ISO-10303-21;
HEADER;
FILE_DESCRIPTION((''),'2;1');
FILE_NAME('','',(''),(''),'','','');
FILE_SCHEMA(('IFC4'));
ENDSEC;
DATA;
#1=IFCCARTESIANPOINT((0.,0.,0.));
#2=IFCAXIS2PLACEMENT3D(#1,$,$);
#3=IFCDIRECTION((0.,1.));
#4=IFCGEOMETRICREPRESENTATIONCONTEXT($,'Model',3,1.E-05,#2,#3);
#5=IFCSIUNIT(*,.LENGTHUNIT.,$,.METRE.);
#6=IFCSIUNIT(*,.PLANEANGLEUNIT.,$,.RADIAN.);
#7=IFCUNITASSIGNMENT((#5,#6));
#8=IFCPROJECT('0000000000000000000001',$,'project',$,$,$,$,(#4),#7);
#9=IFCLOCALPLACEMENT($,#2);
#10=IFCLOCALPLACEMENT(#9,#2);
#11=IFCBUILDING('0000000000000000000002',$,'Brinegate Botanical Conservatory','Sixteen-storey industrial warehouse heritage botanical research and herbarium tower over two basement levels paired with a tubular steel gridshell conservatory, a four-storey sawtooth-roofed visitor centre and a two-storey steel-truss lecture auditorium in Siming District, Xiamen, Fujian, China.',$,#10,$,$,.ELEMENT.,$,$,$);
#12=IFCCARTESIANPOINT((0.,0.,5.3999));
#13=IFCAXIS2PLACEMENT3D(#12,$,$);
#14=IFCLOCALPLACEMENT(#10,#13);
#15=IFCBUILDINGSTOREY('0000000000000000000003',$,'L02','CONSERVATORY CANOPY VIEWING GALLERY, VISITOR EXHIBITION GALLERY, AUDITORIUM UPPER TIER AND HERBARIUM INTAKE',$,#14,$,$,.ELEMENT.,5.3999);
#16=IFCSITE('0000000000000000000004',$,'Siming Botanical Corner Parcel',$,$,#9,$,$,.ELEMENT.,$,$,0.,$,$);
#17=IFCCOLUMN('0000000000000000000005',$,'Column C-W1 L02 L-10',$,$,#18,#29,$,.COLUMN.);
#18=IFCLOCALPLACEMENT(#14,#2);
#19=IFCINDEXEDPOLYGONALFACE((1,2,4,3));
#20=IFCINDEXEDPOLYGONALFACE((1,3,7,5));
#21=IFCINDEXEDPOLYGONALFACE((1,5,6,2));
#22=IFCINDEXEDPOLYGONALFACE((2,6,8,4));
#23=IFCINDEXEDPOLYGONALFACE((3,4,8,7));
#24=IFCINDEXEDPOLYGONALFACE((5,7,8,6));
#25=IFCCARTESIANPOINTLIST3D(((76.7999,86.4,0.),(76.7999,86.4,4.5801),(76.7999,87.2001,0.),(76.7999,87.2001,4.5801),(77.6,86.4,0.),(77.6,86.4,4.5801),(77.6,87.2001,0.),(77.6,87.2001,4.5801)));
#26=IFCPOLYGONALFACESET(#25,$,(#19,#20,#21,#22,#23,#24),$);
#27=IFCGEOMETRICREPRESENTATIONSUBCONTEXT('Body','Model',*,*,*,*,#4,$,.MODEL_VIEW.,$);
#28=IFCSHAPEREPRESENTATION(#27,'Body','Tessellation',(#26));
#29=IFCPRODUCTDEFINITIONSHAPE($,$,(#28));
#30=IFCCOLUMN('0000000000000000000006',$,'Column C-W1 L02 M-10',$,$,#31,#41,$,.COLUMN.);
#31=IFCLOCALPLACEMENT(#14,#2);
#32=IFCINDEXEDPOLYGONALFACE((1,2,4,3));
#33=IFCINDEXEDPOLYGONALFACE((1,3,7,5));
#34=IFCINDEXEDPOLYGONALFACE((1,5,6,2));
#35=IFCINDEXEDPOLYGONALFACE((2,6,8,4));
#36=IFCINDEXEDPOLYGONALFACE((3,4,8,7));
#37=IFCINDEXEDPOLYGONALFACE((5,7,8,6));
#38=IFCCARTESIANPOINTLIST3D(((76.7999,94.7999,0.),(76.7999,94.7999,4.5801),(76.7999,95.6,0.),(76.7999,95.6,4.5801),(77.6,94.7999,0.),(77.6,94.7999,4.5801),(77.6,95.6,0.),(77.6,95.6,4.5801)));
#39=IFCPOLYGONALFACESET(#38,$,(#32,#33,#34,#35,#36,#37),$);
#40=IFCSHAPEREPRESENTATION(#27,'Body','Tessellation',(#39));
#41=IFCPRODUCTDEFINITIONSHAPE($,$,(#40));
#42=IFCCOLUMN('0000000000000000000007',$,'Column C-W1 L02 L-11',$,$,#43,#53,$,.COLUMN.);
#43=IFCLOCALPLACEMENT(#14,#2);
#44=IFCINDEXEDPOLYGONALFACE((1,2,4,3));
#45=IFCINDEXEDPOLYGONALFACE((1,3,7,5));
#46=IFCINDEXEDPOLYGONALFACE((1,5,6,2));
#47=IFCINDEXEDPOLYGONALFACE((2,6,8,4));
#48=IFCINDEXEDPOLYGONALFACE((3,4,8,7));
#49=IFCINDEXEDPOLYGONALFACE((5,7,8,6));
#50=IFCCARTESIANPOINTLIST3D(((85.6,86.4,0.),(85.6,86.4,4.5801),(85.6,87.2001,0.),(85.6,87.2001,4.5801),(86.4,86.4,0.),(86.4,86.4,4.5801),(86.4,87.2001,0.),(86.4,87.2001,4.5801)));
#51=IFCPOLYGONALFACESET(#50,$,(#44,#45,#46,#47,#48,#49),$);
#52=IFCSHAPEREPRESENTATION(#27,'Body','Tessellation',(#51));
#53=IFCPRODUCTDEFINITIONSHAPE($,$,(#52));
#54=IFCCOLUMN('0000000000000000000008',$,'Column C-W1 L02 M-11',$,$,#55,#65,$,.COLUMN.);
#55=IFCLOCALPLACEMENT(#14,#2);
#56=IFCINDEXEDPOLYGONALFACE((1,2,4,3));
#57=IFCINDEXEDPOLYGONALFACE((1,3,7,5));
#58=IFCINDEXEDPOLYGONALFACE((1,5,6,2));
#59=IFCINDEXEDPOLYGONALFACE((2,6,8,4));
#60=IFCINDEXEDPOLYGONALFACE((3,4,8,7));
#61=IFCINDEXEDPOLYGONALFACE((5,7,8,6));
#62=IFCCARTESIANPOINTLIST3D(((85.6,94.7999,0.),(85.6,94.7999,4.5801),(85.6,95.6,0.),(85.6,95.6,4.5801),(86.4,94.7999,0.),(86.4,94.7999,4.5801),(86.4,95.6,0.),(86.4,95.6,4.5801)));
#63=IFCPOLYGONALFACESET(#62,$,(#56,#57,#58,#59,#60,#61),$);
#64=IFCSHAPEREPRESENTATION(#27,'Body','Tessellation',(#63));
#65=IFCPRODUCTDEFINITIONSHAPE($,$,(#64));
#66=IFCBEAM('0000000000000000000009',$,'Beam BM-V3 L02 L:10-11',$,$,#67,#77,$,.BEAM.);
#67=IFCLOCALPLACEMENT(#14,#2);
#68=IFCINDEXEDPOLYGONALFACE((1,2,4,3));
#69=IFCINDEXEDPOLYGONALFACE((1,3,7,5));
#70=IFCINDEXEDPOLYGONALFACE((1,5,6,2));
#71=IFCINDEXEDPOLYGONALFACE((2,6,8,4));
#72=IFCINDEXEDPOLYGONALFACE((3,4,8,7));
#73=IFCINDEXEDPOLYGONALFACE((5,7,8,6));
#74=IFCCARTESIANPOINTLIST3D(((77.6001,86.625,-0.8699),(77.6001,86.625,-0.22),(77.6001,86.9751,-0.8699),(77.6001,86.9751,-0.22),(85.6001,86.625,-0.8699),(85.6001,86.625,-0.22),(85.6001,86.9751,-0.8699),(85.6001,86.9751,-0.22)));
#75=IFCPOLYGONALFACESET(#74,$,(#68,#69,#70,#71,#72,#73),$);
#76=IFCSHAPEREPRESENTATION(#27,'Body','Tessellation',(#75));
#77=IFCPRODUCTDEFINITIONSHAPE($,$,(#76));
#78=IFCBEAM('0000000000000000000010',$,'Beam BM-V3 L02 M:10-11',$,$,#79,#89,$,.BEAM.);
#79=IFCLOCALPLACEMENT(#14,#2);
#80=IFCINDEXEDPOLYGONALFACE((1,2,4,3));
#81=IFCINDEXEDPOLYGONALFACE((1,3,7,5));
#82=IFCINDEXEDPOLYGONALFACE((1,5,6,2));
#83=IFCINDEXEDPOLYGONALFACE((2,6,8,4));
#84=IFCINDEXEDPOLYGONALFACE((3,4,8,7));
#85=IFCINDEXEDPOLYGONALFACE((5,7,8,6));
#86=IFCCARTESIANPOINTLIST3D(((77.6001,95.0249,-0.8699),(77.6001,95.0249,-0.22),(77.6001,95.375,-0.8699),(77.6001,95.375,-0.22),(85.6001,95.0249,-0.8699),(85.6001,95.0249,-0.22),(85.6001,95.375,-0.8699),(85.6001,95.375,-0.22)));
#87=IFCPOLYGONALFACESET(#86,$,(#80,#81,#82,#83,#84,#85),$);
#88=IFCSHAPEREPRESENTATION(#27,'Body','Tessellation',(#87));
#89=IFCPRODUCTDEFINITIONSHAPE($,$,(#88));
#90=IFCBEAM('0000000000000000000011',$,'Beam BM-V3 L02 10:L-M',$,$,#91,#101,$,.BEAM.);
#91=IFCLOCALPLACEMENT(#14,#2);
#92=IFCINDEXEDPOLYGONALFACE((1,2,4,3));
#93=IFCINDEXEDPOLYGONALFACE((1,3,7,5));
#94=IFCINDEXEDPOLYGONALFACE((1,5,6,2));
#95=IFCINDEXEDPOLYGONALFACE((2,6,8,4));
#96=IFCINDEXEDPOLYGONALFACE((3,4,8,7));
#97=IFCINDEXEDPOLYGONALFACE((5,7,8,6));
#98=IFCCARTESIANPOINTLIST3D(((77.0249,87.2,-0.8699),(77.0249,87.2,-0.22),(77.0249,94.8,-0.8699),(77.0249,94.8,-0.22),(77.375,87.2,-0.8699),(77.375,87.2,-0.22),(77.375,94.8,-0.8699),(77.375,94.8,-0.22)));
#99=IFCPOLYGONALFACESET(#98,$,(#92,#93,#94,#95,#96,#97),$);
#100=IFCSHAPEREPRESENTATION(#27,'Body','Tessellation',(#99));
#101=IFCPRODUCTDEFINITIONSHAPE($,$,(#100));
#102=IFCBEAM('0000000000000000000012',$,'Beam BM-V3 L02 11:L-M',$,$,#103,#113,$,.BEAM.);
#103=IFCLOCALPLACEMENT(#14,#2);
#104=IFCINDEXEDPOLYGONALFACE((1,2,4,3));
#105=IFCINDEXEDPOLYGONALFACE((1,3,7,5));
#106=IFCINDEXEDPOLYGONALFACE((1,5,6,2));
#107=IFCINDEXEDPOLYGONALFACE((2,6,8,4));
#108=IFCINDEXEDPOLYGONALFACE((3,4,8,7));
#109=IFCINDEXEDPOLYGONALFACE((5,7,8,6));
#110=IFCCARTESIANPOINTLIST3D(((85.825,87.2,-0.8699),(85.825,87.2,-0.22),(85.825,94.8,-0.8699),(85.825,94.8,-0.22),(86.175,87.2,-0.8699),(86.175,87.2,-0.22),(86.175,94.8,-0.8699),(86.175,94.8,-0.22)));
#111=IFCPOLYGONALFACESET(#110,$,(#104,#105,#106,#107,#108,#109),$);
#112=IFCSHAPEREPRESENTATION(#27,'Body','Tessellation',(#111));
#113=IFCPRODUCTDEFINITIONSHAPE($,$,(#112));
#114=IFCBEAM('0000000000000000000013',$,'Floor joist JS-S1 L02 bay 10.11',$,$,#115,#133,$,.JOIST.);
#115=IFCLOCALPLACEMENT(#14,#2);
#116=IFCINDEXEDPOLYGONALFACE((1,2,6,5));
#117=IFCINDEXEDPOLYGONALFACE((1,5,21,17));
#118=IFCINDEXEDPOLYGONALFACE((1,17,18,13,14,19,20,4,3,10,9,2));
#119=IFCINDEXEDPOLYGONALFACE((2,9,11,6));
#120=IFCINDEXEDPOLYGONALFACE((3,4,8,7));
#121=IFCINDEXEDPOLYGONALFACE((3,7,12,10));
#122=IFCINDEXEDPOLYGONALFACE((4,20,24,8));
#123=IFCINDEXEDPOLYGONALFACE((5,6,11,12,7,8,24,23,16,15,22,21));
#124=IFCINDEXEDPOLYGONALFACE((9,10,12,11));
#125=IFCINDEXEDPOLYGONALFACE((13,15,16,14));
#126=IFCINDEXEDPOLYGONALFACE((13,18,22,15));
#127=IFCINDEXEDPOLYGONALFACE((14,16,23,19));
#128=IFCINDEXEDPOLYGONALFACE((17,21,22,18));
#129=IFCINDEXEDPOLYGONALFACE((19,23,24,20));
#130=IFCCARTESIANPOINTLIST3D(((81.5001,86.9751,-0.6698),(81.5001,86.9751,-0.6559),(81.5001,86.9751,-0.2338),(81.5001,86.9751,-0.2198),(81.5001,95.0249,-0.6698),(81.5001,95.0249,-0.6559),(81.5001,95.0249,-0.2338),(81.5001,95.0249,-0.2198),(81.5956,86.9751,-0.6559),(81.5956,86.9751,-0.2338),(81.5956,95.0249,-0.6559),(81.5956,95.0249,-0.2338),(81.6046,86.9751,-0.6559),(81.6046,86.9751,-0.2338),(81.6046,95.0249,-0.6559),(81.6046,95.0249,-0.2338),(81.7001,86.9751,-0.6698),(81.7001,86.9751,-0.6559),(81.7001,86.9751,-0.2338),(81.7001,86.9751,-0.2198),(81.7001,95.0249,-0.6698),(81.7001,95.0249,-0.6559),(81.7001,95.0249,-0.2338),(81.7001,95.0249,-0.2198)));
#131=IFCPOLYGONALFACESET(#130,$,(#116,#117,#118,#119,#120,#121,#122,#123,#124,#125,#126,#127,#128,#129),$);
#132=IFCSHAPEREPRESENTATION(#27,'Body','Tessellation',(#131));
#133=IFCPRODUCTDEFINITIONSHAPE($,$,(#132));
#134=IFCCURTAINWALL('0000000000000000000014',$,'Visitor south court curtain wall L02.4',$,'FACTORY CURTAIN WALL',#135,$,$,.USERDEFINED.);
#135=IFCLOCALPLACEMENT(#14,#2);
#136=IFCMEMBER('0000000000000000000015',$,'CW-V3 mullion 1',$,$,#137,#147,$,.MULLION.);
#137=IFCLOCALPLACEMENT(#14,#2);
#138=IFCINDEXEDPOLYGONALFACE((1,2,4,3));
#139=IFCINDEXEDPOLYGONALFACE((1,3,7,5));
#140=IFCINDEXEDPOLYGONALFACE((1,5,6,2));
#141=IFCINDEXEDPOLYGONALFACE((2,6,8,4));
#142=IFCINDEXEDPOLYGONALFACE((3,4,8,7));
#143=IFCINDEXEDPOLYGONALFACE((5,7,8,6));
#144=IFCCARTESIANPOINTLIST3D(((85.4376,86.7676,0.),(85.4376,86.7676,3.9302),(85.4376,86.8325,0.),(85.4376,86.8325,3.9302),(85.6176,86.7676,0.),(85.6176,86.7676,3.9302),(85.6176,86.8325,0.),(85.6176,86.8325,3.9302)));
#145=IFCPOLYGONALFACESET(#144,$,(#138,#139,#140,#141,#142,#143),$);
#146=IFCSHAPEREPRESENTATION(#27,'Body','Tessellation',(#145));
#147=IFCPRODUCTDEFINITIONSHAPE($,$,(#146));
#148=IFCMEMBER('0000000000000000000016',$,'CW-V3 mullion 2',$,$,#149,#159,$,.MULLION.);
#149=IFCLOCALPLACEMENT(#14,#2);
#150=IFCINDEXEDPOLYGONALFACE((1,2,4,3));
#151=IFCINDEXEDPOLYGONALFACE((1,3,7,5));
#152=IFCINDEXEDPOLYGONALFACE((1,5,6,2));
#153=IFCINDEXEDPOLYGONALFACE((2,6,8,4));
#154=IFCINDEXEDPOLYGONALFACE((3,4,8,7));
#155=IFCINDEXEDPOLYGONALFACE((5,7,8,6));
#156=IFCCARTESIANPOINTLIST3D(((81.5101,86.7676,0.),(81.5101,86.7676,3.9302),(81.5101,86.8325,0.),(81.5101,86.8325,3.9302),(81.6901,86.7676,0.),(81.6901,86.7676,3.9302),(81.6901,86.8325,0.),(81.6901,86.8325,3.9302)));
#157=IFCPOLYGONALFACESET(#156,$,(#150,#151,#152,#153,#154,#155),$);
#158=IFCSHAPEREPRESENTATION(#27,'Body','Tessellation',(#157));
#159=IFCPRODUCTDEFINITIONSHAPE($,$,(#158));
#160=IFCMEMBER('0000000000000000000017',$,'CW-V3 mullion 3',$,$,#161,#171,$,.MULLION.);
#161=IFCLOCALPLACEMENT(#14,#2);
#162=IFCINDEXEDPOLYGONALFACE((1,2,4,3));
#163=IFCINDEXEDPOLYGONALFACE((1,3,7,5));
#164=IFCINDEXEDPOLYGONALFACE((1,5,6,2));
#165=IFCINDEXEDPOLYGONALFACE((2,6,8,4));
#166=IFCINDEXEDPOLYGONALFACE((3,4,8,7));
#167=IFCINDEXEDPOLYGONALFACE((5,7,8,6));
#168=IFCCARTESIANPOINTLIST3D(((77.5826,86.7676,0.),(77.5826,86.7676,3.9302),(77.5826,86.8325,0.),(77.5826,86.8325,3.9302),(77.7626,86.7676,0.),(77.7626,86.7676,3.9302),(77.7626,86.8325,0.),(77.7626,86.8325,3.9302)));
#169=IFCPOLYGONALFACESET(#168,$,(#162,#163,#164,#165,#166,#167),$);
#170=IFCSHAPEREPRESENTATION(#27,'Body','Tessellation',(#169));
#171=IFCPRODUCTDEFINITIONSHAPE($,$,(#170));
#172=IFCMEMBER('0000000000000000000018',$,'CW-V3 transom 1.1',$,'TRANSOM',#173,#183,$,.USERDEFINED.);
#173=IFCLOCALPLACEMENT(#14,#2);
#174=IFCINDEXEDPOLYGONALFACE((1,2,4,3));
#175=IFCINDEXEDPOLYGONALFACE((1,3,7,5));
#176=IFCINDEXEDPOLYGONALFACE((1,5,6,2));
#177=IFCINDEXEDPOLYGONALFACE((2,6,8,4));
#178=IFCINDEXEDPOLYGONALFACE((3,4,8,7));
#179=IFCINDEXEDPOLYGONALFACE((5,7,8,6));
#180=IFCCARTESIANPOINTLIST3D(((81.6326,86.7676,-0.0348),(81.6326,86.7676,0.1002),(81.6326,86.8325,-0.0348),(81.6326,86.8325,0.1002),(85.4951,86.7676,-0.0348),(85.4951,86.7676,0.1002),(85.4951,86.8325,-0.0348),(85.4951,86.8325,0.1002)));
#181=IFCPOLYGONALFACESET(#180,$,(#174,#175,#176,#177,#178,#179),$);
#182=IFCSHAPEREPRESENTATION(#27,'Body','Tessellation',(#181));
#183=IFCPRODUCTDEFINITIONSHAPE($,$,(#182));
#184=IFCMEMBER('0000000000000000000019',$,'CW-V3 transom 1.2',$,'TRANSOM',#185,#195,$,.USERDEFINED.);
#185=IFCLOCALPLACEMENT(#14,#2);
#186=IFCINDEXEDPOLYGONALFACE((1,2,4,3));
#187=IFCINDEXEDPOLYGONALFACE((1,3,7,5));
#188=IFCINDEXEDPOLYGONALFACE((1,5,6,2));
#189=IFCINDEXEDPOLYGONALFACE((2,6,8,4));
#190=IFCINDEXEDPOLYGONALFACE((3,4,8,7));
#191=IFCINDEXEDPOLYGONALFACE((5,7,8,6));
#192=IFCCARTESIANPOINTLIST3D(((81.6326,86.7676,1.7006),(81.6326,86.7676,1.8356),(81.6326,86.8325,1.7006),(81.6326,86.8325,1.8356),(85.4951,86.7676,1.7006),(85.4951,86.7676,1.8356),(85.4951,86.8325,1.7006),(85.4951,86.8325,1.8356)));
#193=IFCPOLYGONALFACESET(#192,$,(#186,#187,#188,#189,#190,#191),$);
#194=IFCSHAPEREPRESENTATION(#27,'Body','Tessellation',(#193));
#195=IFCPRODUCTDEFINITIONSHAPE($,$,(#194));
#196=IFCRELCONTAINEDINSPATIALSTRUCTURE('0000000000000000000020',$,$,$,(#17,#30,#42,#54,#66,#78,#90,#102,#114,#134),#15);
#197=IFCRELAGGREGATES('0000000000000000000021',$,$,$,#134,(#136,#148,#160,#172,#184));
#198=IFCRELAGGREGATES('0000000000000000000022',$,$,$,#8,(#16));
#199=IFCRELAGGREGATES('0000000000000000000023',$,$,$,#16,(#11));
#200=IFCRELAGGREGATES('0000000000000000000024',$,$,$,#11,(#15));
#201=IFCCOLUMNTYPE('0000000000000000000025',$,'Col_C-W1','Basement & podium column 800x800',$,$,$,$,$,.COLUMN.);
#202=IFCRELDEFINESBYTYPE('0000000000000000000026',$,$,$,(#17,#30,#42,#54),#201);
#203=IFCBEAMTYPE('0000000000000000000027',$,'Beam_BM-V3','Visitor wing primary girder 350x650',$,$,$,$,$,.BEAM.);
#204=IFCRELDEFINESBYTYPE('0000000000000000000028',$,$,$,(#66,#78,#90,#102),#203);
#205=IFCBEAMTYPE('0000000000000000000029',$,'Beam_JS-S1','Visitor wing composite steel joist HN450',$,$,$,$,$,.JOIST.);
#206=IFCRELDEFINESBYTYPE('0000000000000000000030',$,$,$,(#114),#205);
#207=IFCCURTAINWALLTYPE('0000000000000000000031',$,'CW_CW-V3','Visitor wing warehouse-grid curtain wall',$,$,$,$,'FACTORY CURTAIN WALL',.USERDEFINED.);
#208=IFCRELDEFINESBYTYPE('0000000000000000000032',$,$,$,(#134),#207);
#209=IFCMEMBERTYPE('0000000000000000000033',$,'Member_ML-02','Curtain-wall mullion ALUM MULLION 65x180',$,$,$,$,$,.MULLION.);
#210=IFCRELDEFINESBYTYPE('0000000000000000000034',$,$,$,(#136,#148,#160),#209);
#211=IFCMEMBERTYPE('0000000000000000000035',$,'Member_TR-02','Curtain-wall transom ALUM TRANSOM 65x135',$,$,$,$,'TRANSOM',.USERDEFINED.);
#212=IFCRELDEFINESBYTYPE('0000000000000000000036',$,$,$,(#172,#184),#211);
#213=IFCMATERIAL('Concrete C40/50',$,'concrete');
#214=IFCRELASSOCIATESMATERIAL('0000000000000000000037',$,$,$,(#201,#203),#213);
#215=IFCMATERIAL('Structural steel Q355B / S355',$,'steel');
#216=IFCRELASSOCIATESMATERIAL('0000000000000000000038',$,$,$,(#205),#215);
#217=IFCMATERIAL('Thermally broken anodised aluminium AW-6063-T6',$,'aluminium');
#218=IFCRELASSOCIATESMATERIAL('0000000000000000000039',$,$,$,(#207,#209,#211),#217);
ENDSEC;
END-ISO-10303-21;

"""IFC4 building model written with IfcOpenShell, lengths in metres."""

from ifc_helpers import new_model, si_unit, direction, frame, origin, origin_2d, place, context, subcontext, project, spatial, rectangle, i_section, extrude, material, material_profile, profile_set, type_object, element, aggregate, save


model = new_model("IFC4")

# Units and contexts
model_context = context("Model", 3, precision=1e-05, world=origin(), true_north=direction((0.0, 1.0)))
body_context = subcontext(model_context, "Body", "Model", "MODEL_VIEW")
ifc_project = project(units=[si_unit("LENGTHUNIT", "METRE"), si_unit("PLANEANGLEUNIT", "RADIAN")], contexts=[model_context])

# Site, building, storey
site_placement = place(None, origin())
site = spatial("IfcSite", under=ifc_project, at=site_placement, Name="Siming Botanical Corner Parcel", CompositionType="ELEMENT", RefElevation=0.0)
building_placement = place(site_placement, origin())
building = spatial("IfcBuilding", under=site, at=building_placement, Name="Brinegate Botanical Conservatory", Description="Sixteen-storey industrial warehouse heritage botanical research and herbarium tower over two basement levels paired with a tubular steel gridshell conservatory, a four-storey sawtooth-roofed visitor centre and a two-storey steel-truss lecture auditorium in Siming District, Xiamen, Fujian, China.", CompositionType="ELEMENT")
storey_placement = place(building_placement, frame((0.0, 0.0, 5.3999)))
storey = spatial("IfcBuildingStorey", under=building, at=storey_placement, Name="L02", Description="CONSERVATORY CANOPY VIEWING GALLERY, VISITOR EXHIBITION GALLERY, AUDITORIUM UPPER TIER AND HERBARIUM INTAKE", CompositionType="ELEMENT", Elevation=5.3999)

# Columns
ifc_material_1 = material(Name="Concrete C40/50", Category="concrete")
ifc_material_profile_1 = material_profile(ifc_material_1, rectangle(XDim=0.8, YDim=0.8, at=origin_2d()), Name="RC COL 800x800")
ifc_profile_set_1 = profile_set([ifc_material_profile_1], Name="Concrete C40/50")
column_type = type_object("IfcColumnType", Name="Col_C-W1", Description="Basement & podium column 800x800", PredefinedType="COLUMN", material=ifc_profile_set_1)
for number, where, z_axis, x_axis, name in (
    (1, (77.2, 86.8, 0.0), (0.0, 0.0, 1.0), (1.0, 0.0, 0.0), "Column C-W1 L02 L-10"),
    (2, (77.2, 95.2, 0.0), (0.0, 0.0, 1.0), (1.0, 0.0, 0.0), "Column C-W1 L02 M-10"),
    (3, (86.0, 86.8, 0.0), (0.0, 0.0, 1.0), (1.0, 0.0, 0.0), "Column C-W1 L02 L-11"),
    (4, (86.0, 95.2, 0.0), (0.0, 0.0, 1.0), (1.0, 0.0, 0.0), "Column C-W1 L02 M-11"),
):
    element("IfcColumn", number, at=place(storey_placement, frame(where, z_axis=z_axis, x_axis=x_axis)), inside=storey, type_object=column_type, Name=name, PredefinedType="COLUMN", context=body_context, shape_type="SweptSolid", body=[
        extrude(rectangle(XDim=0.8, YDim=0.8, at=origin_2d()), origin(), (0.0, 0.0, 1.0), 4.5801),
    ])

# Beams
ifc_material_profile_2 = material_profile(ifc_material_1, rectangle(XDim=0.3501, YDim=0.6499, at=origin_2d()), Name="RC BM 350x650")
ifc_profile_set_2 = profile_set([ifc_material_profile_2], Name="Concrete C40/50")
beam_type_1 = type_object("IfcBeamType", Name="Beam_BM-V3", Description="Visitor wing primary girder 350x650", PredefinedType="BEAM", material=ifc_profile_set_2)
for number, where, z_axis, x_axis, name in (
    (5, (77.6001, 86.8, -0.5449), (1.0, 0.0, 0.0), (0.0, 1.0, 0.0), "Beam BM-V3 L02 L:10-11"),
    (6, (77.6001, 95.2, -0.5449), (1.0, 0.0, 0.0), (0.0, 1.0, 0.0), "Beam BM-V3 L02 M:10-11"),
):
    element("IfcBeam", number, at=place(storey_placement, frame(where, z_axis=z_axis, x_axis=x_axis)), inside=storey, type_object=beam_type_1, Name=name, PredefinedType="BEAM", context=body_context, shape_type="SweptSolid", body=[
        extrude(rectangle(XDim=0.3501, YDim=0.6499, at=origin_2d()), origin(), (0.0, 0.0, 1.0), 8.0),
    ])
for number, where, z_axis, x_axis, name in (
    (7, (77.2, 87.2, -0.5449), (0.0, 1.0, 0.0), (-1.0, 0.0, 0.0), "Beam BM-V3 L02 10:L-M"),
    (8, (86.0, 87.2, -0.5449), (0.0, 1.0, 0.0), (-1.0, 0.0, 0.0), "Beam BM-V3 L02 11:L-M"),
):
    element("IfcBeam", number, at=place(storey_placement, frame(where, z_axis=z_axis, x_axis=x_axis)), inside=storey, type_object=beam_type_1, Name=name, PredefinedType="BEAM", context=body_context, shape_type="SweptSolid", body=[
        extrude(rectangle(XDim=0.3501, YDim=0.6499, at=origin_2d()), origin(), (0.0, 0.0, 1.0), 7.6001),
    ])
ifc_material_2 = material(Name="Structural steel Q355B / S355", Category="steel")
ifc_material_profile_3 = material_profile(ifc_material_2, i_section(OverallWidth=0.2, OverallDepth=0.45, WebThickness=0.009, FlangeThickness=0.0139, at=origin_2d()), Name="HN 450x200x9x14")
ifc_profile_set_3 = profile_set([ifc_material_profile_3], Name="Structural steel Q355B / S355")
beam_type_2 = type_object("IfcBeamType", Name="Beam_JS-S1", Description="Visitor wing composite steel joist HN450", PredefinedType="JOIST", material=ifc_profile_set_3)
beam_placement = place(storey_placement, frame((81.6001, 86.9751, -0.4448), z_axis=(0.0, 1.0, 0.0), x_axis=(-1.0, 0.0, 0.0)))
element("IfcBeam", 9, at=beam_placement, inside=storey, type_object=beam_type_2, Name="Floor joist JS-S1 L02 bay 10.11", PredefinedType="JOIST", context=body_context, shape_type="SweptSolid", body=[
    extrude(i_section(OverallWidth=0.2, OverallDepth=0.45, WebThickness=0.009, FlangeThickness=0.0139, at=origin_2d()), origin(), (0.0, 0.0, 1.0), 8.0498),
])

# Curtain wall, members
ifc_material_3 = material(Name="Thermally broken anodised aluminium AW-6063-T6", Category="aluminium")
curtain_wall_type = type_object("IfcCurtainWallType", Name="CW_CW-V3", Description="Visitor wing warehouse-grid curtain wall", ElementType="FACTORY CURTAIN WALL", PredefinedType="USERDEFINED", material=ifc_material_3)
curtain_wall_placement = place(storey_placement, origin())
curtain_wall = element("IfcCurtainWall", 10, at=curtain_wall_placement, inside=storey, type_object=curtain_wall_type, Name="Visitor south court curtain wall L02.4", ObjectType="FACTORY CURTAIN WALL", PredefinedType="USERDEFINED")
ifc_material_profile_4 = material_profile(ifc_material_3, rectangle(XDim=0.0649, YDim=0.1799, at=origin_2d()), Name="ALUM MULLION 65x180")
ifc_profile_set_4 = profile_set([ifc_material_profile_4], Name="Thermally broken anodised aluminium AW-6063-T6")
member_type_1 = type_object("IfcMemberType", Name="Member_ML-02", Description="Curtain-wall mullion ALUM MULLION 65x180", PredefinedType="MULLION", material=ifc_profile_set_4)
member_1_placement = place(storey_placement, frame((85.5276, 86.8, 0.0), z_axis=(0.0, 0.0, 1.0), x_axis=(0.0, -1.0, 0.0)))
member_1 = element("IfcMember", 11, at=member_1_placement, type_object=member_type_1, Name="CW-V3 mullion 1", PredefinedType="MULLION", context=body_context, shape_type="SweptSolid", body=[
    extrude(rectangle(XDim=0.0649, YDim=0.1799, at=origin_2d()), origin(), (0.0, 0.0, 1.0), 3.9302),
])
member_2_placement = place(storey_placement, frame((81.6001, 86.8, 0.0), z_axis=(0.0, 0.0, 1.0), x_axis=(0.0, -1.0, 0.0)))
member_2 = element("IfcMember", 12, at=member_2_placement, type_object=member_type_1, Name="CW-V3 mullion 2", PredefinedType="MULLION", context=body_context, shape_type="SweptSolid", body=[
    extrude(rectangle(XDim=0.0649, YDim=0.1799, at=origin_2d()), origin(), (0.0, 0.0, 1.0), 3.9302),
])
member_3_placement = place(storey_placement, frame((77.6726, 86.8, 0.0), z_axis=(0.0, 0.0, 1.0), x_axis=(0.0, -1.0, 0.0)))
member_3 = element("IfcMember", 13, at=member_3_placement, type_object=member_type_1, Name="CW-V3 mullion 3", PredefinedType="MULLION", context=body_context, shape_type="SweptSolid", body=[
    extrude(rectangle(XDim=0.0649, YDim=0.1799, at=origin_2d()), origin(), (0.0, 0.0, 1.0), 3.9302),
])
ifc_material_profile_5 = material_profile(ifc_material_3, rectangle(XDim=0.0649, YDim=0.135, at=origin_2d()), Name="ALUM TRANSOM 65x135")
ifc_profile_set_5 = profile_set([ifc_material_profile_5], Name="Thermally broken anodised aluminium AW-6063-T6")
member_type_2 = type_object("IfcMemberType", Name="Member_TR-02", Description="Curtain-wall transom ALUM TRANSOM 65x135", ElementType="TRANSOM", PredefinedType="USERDEFINED", material=ifc_profile_set_5)
member_4_placement = place(storey_placement, frame((85.4951, 86.8, 0.0327), z_axis=(-1.0, 0.0, 0.0), x_axis=(0.0, -1.0, 0.0)))
member_4 = element("IfcMember", 14, at=member_4_placement, type_object=member_type_2, Name="CW-V3 transom 1.1", ObjectType="TRANSOM", PredefinedType="USERDEFINED", context=body_context, shape_type="SweptSolid", body=[
    extrude(rectangle(XDim=0.0649, YDim=0.135, at=origin_2d()), origin(), (0.0, 0.0, 1.0), 3.8625),
])
member_5_placement = place(storey_placement, frame((85.4951, 86.8, 1.7681), z_axis=(-1.0, 0.0, 0.0), x_axis=(0.0, -1.0, 0.0)))
member_5 = element("IfcMember", 15, at=member_5_placement, type_object=member_type_2, Name="CW-V3 transom 1.2", ObjectType="TRANSOM", PredefinedType="USERDEFINED", context=body_context, shape_type="SweptSolid", body=[
    extrude(rectangle(XDim=0.0649, YDim=0.135, at=origin_2d()), origin(), (0.0, 0.0, 1.0), 3.8625),
])
aggregate(curtain_wall, [member_1, member_2, member_3, member_4, member_5])

save(model, "model.ifc")
